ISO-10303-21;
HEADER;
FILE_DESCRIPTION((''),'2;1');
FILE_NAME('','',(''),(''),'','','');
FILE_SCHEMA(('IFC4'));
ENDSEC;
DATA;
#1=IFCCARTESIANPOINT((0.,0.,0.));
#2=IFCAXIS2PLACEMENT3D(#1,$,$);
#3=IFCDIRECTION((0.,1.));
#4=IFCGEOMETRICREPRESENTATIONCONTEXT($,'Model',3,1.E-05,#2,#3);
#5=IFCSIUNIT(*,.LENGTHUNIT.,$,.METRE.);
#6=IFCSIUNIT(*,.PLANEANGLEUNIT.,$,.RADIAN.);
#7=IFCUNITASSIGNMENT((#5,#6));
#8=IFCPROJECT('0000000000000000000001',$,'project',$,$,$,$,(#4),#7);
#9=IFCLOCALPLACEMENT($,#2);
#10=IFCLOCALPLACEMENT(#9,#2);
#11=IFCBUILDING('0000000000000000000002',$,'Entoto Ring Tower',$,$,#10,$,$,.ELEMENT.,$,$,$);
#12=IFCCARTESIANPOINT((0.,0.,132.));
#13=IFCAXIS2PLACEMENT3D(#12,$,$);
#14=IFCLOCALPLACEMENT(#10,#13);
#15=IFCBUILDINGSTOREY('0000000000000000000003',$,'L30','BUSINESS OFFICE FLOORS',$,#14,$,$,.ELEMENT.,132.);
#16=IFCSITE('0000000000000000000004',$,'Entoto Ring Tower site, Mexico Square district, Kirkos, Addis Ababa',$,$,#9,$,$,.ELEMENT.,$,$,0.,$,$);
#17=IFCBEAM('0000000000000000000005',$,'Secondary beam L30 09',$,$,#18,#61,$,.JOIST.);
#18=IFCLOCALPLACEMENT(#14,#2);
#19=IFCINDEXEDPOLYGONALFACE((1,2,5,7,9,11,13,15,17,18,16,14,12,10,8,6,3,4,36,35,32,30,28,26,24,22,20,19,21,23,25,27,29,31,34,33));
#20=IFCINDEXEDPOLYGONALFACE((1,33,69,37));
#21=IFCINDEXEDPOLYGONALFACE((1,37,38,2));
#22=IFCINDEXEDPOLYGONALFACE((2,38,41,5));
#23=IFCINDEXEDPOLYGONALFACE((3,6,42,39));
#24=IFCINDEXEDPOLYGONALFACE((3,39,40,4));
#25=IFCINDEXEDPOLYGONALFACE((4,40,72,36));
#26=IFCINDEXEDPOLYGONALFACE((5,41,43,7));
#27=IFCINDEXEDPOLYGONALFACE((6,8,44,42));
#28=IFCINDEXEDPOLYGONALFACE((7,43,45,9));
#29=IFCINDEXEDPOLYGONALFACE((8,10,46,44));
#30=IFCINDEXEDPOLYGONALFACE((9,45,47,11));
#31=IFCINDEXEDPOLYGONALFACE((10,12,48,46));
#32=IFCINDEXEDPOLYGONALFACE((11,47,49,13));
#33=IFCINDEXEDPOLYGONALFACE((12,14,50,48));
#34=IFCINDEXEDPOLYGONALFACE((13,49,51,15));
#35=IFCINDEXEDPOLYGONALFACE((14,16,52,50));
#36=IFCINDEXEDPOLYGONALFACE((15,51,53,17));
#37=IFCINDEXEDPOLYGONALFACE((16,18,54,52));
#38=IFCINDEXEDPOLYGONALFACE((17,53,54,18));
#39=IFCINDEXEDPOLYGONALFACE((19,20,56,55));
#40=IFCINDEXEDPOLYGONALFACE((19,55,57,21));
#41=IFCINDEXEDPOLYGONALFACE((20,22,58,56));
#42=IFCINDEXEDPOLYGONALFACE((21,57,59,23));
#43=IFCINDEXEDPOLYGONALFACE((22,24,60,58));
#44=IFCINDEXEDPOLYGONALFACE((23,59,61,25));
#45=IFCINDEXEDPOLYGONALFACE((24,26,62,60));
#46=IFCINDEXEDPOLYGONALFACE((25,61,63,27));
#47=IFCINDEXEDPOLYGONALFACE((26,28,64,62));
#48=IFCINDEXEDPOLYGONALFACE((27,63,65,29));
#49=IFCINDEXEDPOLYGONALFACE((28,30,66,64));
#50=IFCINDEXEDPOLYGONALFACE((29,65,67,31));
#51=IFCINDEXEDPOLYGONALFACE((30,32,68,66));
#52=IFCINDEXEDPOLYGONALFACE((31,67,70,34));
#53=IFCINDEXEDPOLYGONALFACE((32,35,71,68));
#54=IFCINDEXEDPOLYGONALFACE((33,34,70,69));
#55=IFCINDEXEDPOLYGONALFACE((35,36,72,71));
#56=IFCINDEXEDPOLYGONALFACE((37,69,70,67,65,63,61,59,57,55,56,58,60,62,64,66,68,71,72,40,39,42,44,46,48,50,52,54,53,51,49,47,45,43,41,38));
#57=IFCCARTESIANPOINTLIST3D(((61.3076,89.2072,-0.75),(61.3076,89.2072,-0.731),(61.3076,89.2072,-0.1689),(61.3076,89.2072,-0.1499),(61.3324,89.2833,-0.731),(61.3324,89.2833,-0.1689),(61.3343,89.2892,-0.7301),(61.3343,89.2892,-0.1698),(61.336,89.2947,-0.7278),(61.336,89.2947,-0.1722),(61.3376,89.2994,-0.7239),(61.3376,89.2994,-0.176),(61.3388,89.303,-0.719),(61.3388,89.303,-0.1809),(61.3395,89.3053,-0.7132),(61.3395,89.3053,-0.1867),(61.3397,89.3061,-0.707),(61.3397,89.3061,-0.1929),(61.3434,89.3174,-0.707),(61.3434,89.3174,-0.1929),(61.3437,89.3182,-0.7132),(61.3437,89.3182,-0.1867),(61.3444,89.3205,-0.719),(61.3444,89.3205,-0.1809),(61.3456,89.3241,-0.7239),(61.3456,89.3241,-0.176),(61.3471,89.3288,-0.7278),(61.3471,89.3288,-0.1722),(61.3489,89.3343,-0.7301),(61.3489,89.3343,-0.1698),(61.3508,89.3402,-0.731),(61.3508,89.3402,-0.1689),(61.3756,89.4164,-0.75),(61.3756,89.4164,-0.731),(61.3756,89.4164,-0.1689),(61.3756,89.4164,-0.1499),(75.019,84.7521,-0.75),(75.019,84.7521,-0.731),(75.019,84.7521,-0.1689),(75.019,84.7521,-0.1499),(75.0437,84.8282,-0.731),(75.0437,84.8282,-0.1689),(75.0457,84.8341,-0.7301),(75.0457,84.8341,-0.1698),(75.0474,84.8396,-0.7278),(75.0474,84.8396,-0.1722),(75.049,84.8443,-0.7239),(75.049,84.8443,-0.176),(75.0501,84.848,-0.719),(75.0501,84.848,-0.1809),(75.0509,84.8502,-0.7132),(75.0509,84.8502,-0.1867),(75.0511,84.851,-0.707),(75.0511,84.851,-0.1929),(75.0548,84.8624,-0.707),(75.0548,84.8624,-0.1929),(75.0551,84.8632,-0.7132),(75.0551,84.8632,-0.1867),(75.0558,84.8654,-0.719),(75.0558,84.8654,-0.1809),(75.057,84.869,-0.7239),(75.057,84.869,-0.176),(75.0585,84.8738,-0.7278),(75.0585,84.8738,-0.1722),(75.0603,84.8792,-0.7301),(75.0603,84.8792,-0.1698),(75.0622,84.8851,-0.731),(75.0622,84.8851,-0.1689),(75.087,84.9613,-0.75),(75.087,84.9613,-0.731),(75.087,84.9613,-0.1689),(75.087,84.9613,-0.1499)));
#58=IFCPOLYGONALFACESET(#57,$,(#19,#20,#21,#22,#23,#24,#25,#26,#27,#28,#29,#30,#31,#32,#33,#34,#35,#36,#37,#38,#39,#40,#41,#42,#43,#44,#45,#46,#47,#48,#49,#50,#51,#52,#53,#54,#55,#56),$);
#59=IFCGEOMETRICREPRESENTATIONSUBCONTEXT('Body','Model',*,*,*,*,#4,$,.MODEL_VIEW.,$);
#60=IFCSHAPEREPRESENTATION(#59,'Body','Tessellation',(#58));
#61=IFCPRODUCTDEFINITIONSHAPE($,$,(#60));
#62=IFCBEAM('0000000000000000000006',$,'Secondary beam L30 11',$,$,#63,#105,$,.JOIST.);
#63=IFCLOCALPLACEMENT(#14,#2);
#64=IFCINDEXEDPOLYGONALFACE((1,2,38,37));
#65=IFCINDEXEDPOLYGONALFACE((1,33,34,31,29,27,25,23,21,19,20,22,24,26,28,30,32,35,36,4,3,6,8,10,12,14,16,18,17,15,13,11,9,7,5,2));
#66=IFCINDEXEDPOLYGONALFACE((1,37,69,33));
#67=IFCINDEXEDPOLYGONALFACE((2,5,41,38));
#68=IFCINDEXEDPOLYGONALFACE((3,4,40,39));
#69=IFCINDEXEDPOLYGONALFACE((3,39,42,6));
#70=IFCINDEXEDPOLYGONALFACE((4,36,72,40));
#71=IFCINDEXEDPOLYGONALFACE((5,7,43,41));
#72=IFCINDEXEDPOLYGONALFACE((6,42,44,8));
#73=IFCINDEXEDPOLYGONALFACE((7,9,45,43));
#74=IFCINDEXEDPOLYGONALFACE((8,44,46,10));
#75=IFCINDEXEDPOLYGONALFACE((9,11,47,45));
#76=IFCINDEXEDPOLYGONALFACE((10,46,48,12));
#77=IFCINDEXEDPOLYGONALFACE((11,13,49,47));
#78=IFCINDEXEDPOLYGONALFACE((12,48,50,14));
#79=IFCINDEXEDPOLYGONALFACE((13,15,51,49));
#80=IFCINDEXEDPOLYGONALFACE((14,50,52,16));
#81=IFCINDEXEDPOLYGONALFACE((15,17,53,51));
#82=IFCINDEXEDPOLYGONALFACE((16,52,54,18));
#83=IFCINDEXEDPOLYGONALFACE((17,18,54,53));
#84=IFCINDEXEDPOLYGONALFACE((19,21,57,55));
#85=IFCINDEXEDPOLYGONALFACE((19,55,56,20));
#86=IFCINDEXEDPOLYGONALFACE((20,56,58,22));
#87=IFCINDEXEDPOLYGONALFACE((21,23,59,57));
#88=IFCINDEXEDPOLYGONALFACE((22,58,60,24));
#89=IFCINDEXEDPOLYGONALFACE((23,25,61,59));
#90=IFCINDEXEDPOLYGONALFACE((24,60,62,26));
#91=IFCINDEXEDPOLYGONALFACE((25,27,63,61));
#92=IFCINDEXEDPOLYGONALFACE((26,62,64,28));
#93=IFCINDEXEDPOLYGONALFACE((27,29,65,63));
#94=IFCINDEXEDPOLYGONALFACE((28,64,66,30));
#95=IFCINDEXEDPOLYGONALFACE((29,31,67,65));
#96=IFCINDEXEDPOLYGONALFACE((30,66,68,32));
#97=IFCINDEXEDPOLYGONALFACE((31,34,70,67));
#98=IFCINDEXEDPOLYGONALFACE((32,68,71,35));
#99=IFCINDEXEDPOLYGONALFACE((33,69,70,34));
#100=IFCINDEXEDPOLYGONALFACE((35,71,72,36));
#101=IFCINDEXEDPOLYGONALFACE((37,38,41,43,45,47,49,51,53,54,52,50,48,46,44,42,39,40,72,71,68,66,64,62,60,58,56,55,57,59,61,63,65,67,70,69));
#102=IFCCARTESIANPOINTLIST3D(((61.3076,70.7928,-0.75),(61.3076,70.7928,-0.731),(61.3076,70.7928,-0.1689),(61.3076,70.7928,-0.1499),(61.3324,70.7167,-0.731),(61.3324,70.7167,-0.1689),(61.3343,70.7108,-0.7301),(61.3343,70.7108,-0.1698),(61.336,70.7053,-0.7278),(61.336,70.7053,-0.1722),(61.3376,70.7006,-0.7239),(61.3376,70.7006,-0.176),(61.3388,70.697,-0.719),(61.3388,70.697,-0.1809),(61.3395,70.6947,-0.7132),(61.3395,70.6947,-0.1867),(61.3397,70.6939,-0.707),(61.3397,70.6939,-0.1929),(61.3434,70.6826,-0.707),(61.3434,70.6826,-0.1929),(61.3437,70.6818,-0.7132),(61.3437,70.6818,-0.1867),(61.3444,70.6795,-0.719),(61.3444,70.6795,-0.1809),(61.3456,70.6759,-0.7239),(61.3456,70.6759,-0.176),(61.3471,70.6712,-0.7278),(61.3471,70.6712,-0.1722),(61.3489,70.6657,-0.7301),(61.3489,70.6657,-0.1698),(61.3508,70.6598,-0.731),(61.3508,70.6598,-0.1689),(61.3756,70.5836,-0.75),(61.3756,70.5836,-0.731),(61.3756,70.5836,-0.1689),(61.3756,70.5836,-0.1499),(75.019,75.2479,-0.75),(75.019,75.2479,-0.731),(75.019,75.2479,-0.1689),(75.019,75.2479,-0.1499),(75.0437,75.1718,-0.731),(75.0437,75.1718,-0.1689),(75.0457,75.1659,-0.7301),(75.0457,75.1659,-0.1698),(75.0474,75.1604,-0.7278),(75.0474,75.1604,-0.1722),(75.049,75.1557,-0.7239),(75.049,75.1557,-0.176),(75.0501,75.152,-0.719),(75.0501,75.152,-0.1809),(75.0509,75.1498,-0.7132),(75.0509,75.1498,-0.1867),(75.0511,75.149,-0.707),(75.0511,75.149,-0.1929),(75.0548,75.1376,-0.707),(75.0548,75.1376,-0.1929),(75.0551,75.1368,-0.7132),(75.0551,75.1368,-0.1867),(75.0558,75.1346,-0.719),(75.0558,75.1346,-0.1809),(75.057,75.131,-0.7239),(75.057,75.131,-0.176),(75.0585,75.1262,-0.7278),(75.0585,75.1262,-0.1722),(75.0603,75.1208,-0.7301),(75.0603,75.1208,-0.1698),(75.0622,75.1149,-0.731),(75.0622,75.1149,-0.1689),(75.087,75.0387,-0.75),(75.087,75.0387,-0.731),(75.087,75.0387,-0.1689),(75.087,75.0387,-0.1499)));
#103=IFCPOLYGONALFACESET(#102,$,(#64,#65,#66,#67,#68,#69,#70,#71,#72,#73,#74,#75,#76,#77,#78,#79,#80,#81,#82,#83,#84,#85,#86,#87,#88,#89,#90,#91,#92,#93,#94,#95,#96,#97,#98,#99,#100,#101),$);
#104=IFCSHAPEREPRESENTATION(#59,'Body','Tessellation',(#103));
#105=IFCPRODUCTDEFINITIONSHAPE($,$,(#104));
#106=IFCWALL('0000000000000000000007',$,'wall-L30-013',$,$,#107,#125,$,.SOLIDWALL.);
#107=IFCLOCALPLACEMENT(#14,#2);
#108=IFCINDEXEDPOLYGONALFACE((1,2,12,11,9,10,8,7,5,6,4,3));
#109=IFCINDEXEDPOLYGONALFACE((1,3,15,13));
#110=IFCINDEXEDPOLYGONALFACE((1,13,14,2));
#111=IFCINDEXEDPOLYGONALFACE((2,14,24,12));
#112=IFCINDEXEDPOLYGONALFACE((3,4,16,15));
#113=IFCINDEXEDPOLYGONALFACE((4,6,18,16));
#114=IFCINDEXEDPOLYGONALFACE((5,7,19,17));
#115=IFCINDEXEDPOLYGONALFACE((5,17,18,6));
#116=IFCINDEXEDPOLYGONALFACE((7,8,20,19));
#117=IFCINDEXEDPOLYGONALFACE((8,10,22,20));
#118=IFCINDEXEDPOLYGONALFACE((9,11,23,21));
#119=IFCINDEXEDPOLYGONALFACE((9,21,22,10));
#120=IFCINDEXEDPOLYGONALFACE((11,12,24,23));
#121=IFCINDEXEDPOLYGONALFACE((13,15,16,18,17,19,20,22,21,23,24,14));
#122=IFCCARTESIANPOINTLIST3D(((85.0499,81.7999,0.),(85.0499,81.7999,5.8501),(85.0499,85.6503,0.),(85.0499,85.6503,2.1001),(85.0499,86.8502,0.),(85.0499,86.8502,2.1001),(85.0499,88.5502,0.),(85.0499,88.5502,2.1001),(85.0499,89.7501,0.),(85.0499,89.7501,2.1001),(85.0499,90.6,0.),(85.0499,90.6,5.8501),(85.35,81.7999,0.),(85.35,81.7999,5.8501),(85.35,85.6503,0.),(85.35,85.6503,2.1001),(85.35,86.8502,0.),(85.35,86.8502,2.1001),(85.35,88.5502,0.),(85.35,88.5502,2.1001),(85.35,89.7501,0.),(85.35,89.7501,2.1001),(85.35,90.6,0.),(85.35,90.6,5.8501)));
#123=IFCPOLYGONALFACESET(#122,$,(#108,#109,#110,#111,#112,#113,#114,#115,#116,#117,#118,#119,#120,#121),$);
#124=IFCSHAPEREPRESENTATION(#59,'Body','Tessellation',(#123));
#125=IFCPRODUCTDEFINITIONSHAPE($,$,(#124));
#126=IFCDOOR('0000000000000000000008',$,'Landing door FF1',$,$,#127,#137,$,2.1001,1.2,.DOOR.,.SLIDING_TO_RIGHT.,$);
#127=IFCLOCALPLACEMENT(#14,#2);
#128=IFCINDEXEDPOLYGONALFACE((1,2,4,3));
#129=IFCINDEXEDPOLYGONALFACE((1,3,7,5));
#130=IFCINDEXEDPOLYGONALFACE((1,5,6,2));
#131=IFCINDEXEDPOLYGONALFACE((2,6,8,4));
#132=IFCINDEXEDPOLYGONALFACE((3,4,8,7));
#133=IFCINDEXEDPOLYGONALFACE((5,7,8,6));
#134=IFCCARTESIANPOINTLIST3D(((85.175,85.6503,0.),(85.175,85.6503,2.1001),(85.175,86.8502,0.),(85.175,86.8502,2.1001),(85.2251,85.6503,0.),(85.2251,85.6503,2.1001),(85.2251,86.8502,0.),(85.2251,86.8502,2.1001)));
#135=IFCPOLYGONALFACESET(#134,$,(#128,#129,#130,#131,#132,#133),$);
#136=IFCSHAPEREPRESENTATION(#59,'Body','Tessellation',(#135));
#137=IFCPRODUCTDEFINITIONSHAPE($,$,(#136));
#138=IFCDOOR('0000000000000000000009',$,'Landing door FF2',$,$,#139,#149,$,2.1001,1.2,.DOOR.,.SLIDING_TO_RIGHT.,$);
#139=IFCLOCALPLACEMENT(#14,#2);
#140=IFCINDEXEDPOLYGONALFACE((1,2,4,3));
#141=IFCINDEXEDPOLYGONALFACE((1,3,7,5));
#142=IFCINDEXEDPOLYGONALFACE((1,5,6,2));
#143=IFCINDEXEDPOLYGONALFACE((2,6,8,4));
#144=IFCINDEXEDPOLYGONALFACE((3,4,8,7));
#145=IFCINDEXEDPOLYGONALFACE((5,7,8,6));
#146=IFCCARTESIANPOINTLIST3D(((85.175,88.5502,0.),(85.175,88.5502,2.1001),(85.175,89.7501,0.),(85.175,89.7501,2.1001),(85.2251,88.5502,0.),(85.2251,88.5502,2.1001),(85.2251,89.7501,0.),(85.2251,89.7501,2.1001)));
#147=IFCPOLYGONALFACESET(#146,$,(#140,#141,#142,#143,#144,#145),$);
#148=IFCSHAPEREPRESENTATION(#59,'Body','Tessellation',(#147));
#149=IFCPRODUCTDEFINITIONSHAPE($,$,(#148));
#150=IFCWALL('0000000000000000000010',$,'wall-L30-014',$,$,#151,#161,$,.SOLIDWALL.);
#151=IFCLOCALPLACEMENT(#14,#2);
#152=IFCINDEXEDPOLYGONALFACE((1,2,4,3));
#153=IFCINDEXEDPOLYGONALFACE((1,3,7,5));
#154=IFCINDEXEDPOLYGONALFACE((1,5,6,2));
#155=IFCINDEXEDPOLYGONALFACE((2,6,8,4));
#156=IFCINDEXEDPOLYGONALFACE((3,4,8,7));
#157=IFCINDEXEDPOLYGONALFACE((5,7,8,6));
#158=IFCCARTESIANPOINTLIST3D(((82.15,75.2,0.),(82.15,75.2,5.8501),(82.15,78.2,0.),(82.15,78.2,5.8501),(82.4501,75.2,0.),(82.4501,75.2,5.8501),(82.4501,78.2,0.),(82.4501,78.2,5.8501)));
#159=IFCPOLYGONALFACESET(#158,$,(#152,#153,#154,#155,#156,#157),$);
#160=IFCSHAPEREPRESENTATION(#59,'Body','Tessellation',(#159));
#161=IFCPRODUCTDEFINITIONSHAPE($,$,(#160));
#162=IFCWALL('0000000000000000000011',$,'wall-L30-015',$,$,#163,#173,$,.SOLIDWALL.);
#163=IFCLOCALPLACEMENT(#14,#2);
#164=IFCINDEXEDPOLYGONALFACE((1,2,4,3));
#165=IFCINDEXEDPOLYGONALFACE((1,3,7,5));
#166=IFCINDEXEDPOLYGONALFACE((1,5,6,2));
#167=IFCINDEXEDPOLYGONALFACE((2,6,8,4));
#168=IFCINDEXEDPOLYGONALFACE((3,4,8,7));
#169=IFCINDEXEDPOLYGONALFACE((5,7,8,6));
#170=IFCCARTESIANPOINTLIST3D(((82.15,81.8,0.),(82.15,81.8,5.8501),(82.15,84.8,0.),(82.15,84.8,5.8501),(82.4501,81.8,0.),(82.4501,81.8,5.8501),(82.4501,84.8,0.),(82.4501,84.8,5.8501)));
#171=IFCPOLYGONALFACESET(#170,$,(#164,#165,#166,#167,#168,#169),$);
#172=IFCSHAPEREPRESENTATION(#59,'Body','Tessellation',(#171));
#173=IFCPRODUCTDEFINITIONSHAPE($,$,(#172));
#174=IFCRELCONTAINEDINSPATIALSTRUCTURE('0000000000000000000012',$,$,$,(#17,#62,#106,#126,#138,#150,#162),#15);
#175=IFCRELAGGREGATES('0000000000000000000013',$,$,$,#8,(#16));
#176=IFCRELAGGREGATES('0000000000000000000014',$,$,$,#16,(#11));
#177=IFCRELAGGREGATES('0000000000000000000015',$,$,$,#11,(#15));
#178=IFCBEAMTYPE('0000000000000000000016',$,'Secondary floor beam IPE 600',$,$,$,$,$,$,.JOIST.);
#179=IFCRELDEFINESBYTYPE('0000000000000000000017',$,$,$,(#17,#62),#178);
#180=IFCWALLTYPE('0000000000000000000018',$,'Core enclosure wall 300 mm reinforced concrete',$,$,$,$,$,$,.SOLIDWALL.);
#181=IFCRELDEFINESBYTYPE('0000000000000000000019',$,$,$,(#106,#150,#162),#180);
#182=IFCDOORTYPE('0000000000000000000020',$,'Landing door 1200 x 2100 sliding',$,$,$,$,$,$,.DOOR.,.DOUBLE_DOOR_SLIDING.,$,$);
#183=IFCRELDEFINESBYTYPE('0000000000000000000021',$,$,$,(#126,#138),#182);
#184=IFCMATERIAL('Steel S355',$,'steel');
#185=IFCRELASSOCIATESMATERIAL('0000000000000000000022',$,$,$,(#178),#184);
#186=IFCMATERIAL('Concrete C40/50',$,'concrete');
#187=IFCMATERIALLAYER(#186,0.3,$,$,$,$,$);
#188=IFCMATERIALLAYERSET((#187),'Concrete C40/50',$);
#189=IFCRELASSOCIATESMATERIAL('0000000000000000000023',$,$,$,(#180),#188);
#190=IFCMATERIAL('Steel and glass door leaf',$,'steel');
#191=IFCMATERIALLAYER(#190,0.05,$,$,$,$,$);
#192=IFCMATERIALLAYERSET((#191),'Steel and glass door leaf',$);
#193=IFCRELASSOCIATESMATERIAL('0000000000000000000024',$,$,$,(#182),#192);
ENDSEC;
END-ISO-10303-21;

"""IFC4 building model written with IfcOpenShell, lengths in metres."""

from ifc_helpers import new_model, si_unit, direction, frame, frame_2d, origin, origin_2d, place, context, subcontext, project, spatial, rectangle, i_section, extrude, material, layer, layer_set, material_profile, profile_set, type_object, element, fill, save


model = new_model("IFC4")

# Units and contexts
model_context = context("Model", 3, precision=1e-05, world=origin(), true_north=direction((0.0, 1.0)))
body_context = subcontext(model_context, "Body", "Model", "MODEL_VIEW")
ifc_project = project(units=[si_unit("LENGTHUNIT", "METRE"), si_unit("PLANEANGLEUNIT", "RADIAN")], contexts=[model_context])

# Site, building, storey
site_placement = place(None, origin())
site = spatial("IfcSite", under=ifc_project, at=site_placement, Name="Entoto Ring Tower site, Mexico Square district, Kirkos, Addis Ababa", CompositionType="ELEMENT", RefElevation=0.0)
building_placement = place(site_placement, origin())
building = spatial("IfcBuilding", under=site, at=building_placement, Name="Entoto Ring Tower", CompositionType="ELEMENT")
storey_placement = place(building_placement, frame((0.0, 0.0, 132.0)))
storey = spatial("IfcBuildingStorey", under=building, at=storey_placement, Name="L30", Description="BUSINESS OFFICE FLOORS", CompositionType="ELEMENT", Elevation=132.0)

# Beams
ifc_material_1 = material(Name="Steel S355", Category="steel")
ifc_material_profile = material_profile(ifc_material_1, i_section(OverallWidth=0.22, OverallDepth=0.6001, WebThickness=0.012, FlangeThickness=0.019, FilletRadius=0.0239, at=origin_2d()), Name="IPE 600")
ifc_profile_set = profile_set([ifc_material_profile], Name="Steel S355")
beam_type = type_object("IfcBeamType", Name="Secondary floor beam IPE 600", PredefinedType="JOIST", material=ifc_profile_set)
for number, where, z_axis, x_axis, name in (
    (1, (75.053, 84.8567, -0.45), (-0.951057, 0.309015, 0.0), (-0.309015, -0.951057, 0.0), "Secondary beam L30 09"),
    (2, (75.053, 75.1433, -0.45), (-0.951057, -0.309015, 0.0), (0.309015, -0.951057, 0.0), "Secondary beam L30 11"),
):
    element("IfcBeam", number, at=place(storey_placement, frame(where, z_axis=z_axis, x_axis=x_axis)), inside=storey, type_object=beam_type, Name=name, PredefinedType="JOIST", context=body_context, shape_type="SweptSolid", body=[
        extrude(i_section(OverallWidth=0.22, OverallDepth=0.6001, WebThickness=0.012, FlangeThickness=0.019, FilletRadius=0.0239, at=origin_2d()), origin(), (0.0, 0.0, 1.0), 14.417),
    ])

# Wall, openings, doors
ifc_material_2 = material(Name="Concrete C40/50", Category="concrete")
ifc_layer_1 = layer(ifc_material_2, 0.3)
ifc_layer_set_1 = layer_set([ifc_layer_1], Name="Concrete C40/50")
wall_type_1 = type_object("IfcWallType", Name="Core enclosure wall 300 mm reinforced concrete", PredefinedType="SOLIDWALL", material=ifc_layer_set_1)
wall_1_placement = place(storey_placement, frame((85.2, 81.8, 0.0), z_axis=(0.0, 0.0, 1.0), x_axis=(0.0, 1.0, 0.0)))
wall_1 = element("IfcWall", 3, at=wall_1_placement, inside=storey, type_object=wall_type_1, Name="wall-L30-013", PredefinedType="SOLIDWALL", context=body_context, shape_type="SweptSolid", body=[
    extrude(rectangle(XDim=8.8, YDim=0.3, at=frame_2d((4.3999, 0.0))), origin(), (0.0, 0.0, 1.0), 5.8501),
])
opening_1_placement = place(wall_1_placement, frame((3.8501, 0.0, 0.0)))
opening_1 = element("IfcOpeningElement", 4, at=opening_1_placement, cuts=wall_1, PredefinedType="OPENING", context=body_context, shape_type="SweptSolid", body=[
    extrude(rectangle(XDim=1.2, YDim=2.1001, at=frame_2d((0.6001, 1.05))), frame((0.0, 0.1602, 0.0), z_axis=(0.0, -1.0, 0.0), x_axis=(1.0, 0.0, 0.0)), (0.0, 0.0, 1.0), 0.3201),
])
opening_2_placement = place(wall_1_placement, frame((6.75, 0.0, 0.0)))
opening_2 = element("IfcOpeningElement", 5, at=opening_2_placement, cuts=wall_1, PredefinedType="OPENING", context=body_context, shape_type="SweptSolid", body=[
    extrude(rectangle(XDim=1.2, YDim=2.1001, at=frame_2d((0.6001, 1.05))), frame((0.0, 0.1602, 0.0), z_axis=(0.0, -1.0, 0.0), x_axis=(1.0, 0.0, 0.0)), (0.0, 0.0, 1.0), 0.3201),
])
ifc_material_3 = material(Name="Steel and glass door leaf", Category="steel")
ifc_layer_2 = layer(ifc_material_3, 0.05)
ifc_layer_set_2 = layer_set([ifc_layer_2], Name="Steel and glass door leaf")
door_type_1 = type_object("IfcDoorType", Name="Landing door 1200 x 2100 sliding", OperationType="DOUBLE_DOOR_SLIDING", PredefinedType="DOOR", material=ifc_layer_set_2)
door_1_placement = place(opening_1_placement, origin())
door_1 = element("IfcDoor", 6, at=door_1_placement, inside=storey, type_object=door_type_1, Name="Landing door FF1", OperationType="SLIDING_TO_RIGHT", OverallHeight=2.1001, OverallWidth=1.2, PredefinedType="DOOR", context=body_context, shape_type="SweptSolid", body=[
    extrude(rectangle(XDim=1.2, YDim=2.1001, at=frame_2d((0.6001, 1.05))), frame((0.0, 0.0249, 0.0), z_axis=(0.0, -1.0, 0.0), x_axis=(1.0, 0.0, 0.0)), (0.0, 0.0, 1.0), 0.05),
])
fill(opening_1, door_1)
door_2_placement = place(opening_2_placement, origin())
door_2 = element("IfcDoor", 7, at=door_2_placement, inside=storey, type_object=door_type_1, Name="Landing door FF2", OperationType="SLIDING_TO_RIGHT", OverallHeight=2.1001, OverallWidth=1.2, PredefinedType="DOOR", context=body_context, shape_type="SweptSolid", body=[
    extrude(rectangle(XDim=1.2, YDim=2.1001, at=frame_2d((0.6001, 1.05))), frame((0.0, 0.0249, 0.0), z_axis=(0.0, -1.0, 0.0), x_axis=(1.0, 0.0, 0.0)), (0.0, 0.0, 1.0), 0.05),
])
fill(opening_2, door_2)

# Walls
for number, where, z_axis, x_axis, name in (
    (8, (82.3, 75.2, 0.0), (0.0, 0.0, 1.0), (0.0, 1.0, 0.0), "wall-L30-014"),
    (9, (82.3, 81.8, 0.0), (0.0, 0.0, 1.0), (0.0, 1.0, 0.0), "wall-L30-015"),
):
    element("IfcWall", number, at=place(storey_placement, frame(where, z_axis=z_axis, x_axis=x_axis)), inside=storey, type_object=wall_type_1, Name=name, PredefinedType="SOLIDWALL", context=body_context, shape_type="SweptSolid", body=[
        extrude(rectangle(XDim=3.0, YDim=0.3, at=frame_2d((1.5, 0.0))), origin(), (0.0, 0.0, 1.0), 5.8501),
    ])

save(model, "model.ifc")
